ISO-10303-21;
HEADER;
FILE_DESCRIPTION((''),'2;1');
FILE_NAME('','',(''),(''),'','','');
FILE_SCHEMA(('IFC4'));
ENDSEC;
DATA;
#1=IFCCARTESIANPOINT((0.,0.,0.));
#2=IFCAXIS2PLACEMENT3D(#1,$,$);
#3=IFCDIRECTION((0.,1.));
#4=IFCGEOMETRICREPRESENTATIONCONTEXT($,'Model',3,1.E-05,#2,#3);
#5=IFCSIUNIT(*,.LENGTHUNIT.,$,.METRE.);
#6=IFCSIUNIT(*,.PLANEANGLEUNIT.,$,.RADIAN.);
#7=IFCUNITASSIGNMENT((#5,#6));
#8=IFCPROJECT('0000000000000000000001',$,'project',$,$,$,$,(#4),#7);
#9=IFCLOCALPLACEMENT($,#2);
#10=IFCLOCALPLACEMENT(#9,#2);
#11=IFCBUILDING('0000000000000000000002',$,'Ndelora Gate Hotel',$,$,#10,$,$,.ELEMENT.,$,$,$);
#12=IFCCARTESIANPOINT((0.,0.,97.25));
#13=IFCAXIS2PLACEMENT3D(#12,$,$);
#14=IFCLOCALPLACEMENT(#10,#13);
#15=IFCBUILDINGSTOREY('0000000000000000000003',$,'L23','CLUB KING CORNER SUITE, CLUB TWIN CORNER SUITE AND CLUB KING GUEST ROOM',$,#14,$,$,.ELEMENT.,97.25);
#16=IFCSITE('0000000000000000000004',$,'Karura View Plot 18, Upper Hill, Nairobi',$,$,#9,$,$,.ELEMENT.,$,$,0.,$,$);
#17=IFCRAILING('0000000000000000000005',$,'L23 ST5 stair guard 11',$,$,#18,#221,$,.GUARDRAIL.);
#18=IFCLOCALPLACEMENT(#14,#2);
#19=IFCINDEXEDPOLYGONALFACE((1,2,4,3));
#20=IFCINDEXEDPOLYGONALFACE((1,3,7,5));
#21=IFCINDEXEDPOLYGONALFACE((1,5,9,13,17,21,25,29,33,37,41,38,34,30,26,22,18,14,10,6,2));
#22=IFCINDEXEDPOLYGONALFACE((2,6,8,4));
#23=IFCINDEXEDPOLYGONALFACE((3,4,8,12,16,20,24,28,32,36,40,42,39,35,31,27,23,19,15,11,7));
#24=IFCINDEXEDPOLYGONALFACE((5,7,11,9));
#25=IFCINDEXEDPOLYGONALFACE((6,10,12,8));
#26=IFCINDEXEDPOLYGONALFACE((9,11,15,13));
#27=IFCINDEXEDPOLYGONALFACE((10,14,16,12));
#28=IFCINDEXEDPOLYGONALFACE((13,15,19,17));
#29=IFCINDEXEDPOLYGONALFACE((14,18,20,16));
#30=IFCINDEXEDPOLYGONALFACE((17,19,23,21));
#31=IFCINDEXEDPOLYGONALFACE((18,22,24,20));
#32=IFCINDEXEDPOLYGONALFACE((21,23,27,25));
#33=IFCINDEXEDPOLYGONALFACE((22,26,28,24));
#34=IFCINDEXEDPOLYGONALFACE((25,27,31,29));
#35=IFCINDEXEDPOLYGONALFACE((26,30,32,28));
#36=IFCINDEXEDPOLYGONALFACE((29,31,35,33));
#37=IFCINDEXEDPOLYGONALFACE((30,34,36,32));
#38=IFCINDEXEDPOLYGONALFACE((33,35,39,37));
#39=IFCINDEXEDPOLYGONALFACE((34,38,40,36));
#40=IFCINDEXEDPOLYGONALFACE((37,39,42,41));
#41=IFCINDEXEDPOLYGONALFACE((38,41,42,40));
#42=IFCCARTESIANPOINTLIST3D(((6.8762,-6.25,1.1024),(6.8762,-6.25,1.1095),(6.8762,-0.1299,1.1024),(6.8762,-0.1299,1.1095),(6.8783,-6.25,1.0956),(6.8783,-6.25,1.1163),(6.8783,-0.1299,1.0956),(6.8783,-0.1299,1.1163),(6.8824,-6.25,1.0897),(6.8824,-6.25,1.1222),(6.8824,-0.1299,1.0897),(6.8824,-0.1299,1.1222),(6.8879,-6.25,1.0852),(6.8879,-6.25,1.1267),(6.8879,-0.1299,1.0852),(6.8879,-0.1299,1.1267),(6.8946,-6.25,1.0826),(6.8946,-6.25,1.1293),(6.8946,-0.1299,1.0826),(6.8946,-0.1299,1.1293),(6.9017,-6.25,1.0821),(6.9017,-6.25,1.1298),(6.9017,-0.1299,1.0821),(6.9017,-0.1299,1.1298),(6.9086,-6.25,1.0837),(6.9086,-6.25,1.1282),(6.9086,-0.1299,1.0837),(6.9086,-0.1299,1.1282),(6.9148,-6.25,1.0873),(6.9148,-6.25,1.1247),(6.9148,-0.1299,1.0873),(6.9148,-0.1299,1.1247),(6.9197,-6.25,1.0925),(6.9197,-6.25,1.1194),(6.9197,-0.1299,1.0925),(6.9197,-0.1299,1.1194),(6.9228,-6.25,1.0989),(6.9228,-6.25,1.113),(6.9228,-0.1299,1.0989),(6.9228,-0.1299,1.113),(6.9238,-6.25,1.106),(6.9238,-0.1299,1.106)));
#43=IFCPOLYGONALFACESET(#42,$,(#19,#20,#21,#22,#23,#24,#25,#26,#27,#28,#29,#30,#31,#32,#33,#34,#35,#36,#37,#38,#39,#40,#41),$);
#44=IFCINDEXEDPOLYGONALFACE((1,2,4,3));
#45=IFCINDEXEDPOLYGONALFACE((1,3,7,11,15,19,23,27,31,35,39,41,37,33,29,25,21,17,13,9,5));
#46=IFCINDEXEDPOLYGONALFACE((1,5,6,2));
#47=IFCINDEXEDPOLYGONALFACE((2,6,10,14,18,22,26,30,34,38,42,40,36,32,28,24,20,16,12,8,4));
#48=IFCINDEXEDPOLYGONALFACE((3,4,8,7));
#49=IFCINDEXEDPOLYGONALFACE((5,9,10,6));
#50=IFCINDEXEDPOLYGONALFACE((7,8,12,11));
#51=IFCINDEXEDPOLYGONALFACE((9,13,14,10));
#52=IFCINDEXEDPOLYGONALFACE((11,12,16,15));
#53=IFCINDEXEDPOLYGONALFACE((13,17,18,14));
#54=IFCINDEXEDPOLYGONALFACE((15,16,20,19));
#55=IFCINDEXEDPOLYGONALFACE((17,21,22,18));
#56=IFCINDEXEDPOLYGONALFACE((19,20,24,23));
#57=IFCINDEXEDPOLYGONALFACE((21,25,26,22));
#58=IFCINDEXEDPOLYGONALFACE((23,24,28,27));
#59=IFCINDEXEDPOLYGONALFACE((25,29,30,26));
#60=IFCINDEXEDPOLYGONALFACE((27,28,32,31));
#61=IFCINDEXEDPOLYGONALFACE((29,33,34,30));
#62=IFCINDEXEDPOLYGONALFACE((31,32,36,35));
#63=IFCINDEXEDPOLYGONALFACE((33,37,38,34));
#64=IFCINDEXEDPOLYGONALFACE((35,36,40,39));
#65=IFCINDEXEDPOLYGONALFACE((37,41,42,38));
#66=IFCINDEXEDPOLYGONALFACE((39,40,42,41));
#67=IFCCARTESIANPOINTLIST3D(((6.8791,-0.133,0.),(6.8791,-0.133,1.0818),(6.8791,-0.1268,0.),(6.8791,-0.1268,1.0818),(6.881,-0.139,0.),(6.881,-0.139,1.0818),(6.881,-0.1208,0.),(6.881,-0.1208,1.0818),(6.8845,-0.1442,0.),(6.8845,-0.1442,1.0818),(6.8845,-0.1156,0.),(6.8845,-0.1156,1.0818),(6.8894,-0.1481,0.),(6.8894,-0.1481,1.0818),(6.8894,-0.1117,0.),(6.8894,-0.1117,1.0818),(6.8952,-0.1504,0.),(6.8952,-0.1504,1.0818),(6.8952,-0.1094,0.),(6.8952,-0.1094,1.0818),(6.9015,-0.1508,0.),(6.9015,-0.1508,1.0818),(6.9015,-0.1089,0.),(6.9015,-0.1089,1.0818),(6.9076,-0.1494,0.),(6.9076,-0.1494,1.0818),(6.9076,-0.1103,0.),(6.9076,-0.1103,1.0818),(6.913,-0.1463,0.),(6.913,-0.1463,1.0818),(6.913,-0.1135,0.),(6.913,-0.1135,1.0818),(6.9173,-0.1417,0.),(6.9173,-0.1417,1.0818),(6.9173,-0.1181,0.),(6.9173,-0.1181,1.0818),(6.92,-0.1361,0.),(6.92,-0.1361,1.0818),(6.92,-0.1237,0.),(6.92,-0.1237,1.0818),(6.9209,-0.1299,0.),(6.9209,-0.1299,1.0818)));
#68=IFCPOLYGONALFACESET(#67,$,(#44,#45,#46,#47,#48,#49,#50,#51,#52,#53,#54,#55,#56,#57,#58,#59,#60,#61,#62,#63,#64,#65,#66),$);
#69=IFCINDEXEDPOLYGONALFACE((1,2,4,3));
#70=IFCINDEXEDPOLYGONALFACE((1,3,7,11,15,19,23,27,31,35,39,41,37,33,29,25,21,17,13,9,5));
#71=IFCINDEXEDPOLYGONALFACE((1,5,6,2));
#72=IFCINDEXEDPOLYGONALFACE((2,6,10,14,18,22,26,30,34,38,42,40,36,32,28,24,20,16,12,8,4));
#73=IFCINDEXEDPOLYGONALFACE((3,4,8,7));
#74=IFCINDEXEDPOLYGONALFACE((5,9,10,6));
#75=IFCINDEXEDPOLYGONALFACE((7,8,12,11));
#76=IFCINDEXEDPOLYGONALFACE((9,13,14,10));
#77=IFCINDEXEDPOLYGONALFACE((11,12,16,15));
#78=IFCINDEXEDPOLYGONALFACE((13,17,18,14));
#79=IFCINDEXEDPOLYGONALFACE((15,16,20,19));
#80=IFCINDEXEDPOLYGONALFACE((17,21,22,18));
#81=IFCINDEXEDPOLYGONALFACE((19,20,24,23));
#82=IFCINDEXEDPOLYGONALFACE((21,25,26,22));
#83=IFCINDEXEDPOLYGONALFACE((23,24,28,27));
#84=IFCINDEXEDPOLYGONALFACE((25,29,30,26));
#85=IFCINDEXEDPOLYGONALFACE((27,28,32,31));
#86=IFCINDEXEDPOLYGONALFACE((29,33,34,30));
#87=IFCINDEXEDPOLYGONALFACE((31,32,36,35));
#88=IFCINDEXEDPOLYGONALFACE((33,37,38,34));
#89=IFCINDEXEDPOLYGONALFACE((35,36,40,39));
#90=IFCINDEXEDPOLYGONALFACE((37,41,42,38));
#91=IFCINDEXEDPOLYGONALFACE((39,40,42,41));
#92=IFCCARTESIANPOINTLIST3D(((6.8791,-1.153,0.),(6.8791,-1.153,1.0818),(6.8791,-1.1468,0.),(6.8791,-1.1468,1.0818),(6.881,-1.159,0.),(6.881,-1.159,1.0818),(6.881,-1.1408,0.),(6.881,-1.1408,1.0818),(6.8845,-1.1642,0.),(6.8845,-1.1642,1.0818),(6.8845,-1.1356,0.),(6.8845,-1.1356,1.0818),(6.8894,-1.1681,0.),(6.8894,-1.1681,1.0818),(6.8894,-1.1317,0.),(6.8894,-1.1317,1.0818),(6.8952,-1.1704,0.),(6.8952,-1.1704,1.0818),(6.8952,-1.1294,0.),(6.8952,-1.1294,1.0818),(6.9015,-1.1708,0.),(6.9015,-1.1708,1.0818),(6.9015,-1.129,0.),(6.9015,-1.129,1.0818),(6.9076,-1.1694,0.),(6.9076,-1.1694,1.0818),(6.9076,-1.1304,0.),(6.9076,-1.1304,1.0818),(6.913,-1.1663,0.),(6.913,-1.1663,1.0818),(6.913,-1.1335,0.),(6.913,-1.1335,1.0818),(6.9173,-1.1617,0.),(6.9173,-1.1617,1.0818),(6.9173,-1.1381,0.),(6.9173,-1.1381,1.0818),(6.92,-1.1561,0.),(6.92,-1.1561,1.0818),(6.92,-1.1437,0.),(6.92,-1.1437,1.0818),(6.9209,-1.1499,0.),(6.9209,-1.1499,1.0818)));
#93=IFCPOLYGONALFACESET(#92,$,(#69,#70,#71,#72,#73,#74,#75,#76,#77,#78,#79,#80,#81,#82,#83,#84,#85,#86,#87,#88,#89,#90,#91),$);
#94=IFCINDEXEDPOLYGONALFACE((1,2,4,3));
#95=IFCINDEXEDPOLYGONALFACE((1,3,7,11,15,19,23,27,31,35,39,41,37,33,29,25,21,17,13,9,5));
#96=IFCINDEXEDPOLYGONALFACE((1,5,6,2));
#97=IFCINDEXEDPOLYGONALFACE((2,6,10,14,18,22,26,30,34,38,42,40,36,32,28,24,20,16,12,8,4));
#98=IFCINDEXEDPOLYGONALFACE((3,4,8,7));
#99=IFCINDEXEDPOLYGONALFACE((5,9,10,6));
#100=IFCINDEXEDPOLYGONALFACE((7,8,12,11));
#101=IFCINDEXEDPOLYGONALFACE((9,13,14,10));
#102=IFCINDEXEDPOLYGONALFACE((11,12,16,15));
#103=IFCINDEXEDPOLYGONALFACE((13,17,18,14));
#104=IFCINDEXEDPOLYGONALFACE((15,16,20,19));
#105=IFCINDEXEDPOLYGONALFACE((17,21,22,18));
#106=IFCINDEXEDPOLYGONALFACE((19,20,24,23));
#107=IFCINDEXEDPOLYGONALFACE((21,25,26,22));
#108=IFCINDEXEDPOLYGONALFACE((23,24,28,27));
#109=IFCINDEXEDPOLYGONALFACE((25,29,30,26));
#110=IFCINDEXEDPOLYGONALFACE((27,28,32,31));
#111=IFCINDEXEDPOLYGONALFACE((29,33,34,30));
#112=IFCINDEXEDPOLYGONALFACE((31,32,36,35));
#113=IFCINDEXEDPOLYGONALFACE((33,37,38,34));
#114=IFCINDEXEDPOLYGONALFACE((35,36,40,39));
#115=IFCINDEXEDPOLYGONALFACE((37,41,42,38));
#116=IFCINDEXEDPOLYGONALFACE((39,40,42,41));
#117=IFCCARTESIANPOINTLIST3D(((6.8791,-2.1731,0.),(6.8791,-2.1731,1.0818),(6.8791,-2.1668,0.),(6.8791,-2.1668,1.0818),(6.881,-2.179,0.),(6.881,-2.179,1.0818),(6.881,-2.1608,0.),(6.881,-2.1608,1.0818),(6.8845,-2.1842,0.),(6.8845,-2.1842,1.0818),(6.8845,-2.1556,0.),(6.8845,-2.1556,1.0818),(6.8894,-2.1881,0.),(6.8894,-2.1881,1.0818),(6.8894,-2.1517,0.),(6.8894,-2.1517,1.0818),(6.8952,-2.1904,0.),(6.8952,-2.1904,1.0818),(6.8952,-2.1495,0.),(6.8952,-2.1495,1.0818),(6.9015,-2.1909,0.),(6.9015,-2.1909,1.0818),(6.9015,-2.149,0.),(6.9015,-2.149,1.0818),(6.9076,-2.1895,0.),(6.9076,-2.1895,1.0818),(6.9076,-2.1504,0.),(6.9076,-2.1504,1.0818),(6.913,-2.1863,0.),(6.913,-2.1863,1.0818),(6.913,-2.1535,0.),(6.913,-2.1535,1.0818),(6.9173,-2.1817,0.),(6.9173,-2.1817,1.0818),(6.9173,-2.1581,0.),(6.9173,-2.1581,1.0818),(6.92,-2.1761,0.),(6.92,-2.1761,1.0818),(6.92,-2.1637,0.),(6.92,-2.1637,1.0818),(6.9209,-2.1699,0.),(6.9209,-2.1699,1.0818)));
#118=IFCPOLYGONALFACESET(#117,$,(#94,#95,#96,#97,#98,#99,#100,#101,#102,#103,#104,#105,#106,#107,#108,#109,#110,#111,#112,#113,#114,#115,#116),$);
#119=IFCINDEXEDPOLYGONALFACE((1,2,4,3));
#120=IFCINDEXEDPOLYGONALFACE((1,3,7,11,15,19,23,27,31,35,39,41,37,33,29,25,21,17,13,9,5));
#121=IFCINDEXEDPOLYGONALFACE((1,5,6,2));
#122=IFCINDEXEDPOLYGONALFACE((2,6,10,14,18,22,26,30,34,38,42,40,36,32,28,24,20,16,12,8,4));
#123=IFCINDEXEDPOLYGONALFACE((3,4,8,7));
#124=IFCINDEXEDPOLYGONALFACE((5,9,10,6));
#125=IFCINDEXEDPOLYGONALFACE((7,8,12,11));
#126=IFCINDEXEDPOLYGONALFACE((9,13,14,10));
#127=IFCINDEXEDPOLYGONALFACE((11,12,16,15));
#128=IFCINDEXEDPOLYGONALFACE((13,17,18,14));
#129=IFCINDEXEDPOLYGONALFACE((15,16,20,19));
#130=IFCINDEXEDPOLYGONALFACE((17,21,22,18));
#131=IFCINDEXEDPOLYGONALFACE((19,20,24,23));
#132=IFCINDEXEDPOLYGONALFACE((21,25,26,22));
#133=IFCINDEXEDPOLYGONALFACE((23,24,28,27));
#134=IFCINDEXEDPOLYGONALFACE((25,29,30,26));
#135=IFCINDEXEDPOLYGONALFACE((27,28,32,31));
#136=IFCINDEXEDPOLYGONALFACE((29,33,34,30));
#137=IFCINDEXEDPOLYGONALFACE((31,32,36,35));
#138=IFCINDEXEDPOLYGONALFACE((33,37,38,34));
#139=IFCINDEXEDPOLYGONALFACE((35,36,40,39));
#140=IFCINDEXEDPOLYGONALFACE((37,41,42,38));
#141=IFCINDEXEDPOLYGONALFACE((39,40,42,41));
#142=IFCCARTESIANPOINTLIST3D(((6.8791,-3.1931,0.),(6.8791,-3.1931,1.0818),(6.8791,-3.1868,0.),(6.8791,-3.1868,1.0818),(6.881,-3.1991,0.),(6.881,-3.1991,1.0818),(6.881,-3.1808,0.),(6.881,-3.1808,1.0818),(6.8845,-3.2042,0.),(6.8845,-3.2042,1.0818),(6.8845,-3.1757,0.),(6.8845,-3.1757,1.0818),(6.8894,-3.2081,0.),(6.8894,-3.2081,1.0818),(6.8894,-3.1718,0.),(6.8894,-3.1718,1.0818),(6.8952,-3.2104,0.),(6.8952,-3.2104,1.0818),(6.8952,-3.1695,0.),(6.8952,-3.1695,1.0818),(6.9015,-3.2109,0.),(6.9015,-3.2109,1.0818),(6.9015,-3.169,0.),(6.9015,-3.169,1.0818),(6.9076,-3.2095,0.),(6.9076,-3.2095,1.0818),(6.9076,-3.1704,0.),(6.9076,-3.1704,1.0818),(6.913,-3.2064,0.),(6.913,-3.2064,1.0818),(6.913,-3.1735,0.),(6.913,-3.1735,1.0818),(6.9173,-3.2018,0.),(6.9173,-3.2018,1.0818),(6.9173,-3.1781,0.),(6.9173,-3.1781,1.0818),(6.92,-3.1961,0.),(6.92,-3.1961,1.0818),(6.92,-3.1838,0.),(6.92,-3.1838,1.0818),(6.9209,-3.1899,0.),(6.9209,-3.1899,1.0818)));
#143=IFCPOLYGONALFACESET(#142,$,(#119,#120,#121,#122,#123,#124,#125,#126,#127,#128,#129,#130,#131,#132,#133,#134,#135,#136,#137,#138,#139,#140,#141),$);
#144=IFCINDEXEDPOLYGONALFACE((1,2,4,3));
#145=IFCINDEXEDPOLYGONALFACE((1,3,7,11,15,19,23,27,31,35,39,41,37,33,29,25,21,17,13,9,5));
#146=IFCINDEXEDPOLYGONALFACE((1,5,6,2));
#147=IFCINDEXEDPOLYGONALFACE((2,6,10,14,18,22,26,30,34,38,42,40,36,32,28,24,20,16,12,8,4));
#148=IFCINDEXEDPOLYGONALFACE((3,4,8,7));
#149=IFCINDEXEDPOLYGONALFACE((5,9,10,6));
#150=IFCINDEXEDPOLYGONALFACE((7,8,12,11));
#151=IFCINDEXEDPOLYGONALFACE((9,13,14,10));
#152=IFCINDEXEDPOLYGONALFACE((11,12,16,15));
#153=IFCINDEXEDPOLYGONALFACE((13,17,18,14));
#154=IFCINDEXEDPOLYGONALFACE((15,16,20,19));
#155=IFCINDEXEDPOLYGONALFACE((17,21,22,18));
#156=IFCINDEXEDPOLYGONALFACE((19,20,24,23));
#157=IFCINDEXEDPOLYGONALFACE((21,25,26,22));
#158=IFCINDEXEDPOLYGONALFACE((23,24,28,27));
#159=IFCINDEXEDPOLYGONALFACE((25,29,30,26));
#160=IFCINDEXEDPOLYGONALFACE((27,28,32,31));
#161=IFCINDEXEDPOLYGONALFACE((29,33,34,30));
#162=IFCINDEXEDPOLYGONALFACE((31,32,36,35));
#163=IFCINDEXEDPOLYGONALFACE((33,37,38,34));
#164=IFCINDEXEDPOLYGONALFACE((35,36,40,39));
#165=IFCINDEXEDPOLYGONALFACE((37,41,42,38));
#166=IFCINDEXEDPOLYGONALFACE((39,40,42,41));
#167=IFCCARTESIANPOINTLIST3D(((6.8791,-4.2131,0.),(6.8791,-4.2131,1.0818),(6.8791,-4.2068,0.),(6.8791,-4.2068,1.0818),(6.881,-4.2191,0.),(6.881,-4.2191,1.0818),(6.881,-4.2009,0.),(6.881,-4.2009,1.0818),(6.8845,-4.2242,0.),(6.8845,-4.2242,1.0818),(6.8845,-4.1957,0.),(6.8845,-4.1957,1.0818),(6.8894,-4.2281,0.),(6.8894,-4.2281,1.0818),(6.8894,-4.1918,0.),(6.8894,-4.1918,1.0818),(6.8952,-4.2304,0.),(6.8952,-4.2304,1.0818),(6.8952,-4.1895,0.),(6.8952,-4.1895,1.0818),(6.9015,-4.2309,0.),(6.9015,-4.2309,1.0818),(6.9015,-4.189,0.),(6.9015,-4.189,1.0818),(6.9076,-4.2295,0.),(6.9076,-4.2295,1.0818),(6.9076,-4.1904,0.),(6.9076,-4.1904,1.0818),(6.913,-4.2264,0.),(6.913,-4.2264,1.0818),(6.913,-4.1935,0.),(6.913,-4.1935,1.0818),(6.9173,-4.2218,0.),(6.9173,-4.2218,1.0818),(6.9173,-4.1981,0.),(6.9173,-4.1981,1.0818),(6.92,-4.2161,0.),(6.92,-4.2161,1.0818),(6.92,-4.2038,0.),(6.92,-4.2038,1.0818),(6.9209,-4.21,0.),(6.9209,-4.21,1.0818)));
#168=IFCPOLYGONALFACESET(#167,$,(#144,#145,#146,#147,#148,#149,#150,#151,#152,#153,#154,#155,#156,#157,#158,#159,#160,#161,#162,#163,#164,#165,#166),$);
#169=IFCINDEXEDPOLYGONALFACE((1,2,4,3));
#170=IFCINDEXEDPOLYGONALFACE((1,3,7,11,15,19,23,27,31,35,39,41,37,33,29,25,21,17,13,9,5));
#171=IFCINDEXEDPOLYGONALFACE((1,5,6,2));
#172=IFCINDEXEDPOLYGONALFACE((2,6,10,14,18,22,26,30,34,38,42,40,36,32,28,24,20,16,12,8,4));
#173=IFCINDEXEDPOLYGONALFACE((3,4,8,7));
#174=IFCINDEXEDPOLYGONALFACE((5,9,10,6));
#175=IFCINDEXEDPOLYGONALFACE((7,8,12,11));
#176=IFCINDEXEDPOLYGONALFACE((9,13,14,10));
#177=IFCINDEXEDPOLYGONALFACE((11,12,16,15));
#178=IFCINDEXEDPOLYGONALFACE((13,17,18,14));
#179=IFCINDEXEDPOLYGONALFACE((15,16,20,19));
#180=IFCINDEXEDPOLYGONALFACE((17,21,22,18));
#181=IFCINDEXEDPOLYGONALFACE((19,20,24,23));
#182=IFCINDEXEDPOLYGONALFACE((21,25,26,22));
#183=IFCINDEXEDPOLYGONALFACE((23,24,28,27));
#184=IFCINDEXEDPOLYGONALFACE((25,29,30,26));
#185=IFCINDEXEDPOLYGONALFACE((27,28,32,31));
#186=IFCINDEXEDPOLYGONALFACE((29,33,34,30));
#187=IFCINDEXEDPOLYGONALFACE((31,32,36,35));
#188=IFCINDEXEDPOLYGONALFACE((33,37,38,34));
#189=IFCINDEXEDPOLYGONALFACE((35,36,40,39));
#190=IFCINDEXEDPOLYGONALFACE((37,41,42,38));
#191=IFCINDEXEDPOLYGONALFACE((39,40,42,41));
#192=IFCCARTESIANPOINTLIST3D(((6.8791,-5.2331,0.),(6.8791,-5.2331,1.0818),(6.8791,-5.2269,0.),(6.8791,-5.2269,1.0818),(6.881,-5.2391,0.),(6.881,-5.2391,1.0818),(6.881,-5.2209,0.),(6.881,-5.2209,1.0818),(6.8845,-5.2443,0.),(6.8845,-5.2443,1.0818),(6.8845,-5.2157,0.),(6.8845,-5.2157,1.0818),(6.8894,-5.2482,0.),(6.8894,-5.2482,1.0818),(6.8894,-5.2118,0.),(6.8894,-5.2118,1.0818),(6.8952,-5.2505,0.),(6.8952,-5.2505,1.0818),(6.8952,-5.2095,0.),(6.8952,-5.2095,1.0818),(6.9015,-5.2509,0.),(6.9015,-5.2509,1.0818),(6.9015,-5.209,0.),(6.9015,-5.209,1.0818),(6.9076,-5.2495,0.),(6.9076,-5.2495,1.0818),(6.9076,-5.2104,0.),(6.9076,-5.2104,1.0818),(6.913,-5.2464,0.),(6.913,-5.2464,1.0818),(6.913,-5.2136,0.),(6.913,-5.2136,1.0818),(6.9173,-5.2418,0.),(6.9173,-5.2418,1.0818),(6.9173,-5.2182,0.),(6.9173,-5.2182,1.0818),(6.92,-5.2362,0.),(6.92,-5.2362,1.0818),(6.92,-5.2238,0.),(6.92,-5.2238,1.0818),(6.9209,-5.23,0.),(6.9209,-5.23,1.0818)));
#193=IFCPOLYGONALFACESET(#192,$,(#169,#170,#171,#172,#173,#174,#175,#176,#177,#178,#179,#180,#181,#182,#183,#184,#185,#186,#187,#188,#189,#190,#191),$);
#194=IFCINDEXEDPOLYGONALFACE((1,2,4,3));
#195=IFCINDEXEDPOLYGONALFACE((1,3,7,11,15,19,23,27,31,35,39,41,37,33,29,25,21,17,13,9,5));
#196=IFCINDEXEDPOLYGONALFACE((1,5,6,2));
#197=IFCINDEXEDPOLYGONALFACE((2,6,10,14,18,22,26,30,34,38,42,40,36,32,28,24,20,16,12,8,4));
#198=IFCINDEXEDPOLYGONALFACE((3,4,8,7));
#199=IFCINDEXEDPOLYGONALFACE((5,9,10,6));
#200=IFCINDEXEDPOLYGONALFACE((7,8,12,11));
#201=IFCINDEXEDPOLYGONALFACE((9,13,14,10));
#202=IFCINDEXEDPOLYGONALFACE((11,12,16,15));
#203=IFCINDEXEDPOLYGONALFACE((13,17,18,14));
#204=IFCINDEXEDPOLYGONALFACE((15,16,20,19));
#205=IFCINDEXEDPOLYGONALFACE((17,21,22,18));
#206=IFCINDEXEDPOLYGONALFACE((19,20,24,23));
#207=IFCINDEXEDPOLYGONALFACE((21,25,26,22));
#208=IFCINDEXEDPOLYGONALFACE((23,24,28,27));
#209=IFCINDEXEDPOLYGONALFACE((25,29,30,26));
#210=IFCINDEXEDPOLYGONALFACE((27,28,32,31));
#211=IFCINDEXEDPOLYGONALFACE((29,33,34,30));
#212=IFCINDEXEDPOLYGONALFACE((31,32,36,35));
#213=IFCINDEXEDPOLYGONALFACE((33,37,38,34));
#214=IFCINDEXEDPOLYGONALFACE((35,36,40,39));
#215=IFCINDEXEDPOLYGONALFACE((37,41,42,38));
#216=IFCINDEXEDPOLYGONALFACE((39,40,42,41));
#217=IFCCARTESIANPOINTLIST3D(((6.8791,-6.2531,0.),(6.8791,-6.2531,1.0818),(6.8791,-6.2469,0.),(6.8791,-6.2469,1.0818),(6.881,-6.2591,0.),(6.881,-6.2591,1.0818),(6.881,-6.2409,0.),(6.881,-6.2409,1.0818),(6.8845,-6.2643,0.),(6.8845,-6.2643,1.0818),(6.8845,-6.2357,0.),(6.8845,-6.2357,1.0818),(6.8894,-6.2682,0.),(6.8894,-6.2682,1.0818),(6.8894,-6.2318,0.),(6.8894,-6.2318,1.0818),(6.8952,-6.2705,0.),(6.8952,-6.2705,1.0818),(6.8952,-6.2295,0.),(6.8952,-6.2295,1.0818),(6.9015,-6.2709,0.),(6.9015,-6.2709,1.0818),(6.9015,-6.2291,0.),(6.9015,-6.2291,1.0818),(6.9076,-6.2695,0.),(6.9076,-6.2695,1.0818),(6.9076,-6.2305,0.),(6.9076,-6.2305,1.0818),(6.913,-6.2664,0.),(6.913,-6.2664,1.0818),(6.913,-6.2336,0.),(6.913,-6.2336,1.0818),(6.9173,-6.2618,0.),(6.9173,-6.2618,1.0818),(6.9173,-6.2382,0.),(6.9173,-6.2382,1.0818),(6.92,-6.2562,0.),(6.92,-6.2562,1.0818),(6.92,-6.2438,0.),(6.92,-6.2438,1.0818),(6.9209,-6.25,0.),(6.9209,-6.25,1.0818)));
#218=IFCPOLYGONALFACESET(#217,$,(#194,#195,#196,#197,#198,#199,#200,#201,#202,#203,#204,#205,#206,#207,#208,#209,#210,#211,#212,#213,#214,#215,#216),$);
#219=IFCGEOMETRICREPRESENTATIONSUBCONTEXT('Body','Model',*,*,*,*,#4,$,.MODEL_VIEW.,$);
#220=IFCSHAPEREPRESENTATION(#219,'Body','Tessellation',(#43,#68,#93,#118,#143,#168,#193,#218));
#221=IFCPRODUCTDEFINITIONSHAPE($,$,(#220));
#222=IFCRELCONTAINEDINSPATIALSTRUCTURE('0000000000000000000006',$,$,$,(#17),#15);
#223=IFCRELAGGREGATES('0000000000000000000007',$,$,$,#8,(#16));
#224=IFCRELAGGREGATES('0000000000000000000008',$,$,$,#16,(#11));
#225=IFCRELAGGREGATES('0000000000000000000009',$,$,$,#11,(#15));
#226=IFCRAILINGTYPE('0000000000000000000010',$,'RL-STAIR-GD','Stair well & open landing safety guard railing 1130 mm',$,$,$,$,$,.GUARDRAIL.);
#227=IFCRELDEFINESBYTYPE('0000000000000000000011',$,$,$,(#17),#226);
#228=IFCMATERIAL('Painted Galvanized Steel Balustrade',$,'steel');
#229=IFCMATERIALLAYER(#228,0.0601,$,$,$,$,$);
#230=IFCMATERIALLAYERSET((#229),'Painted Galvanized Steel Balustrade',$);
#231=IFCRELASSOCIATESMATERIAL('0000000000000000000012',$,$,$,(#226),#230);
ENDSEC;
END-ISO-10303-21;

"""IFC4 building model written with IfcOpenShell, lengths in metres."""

from ifc_helpers import new_model, si_unit, direction, frame, origin, origin_2d, place, context, subcontext, project, spatial, circle, extrude, material, layer, layer_set, type_object, element, save


model = new_model("IFC4")

# Units and contexts
model_context = context("Model", 3, precision=1e-05, world=origin(), true_north=direction((0.0, 1.0)))
body_context = subcontext(model_context, "Body", "Model", "MODEL_VIEW")
ifc_project = project(units=[si_unit("LENGTHUNIT", "METRE"), si_unit("PLANEANGLEUNIT", "RADIAN")], contexts=[model_context])

# Site, building, storey
site_placement = place(None, origin())
site = spatial("IfcSite", under=ifc_project, at=site_placement, Name="Karura View Plot 18, Upper Hill, Nairobi", CompositionType="ELEMENT", RefElevation=0.0)
building_placement = place(site_placement, origin())
building = spatial("IfcBuilding", under=site, at=building_placement, Name="Ndelora Gate Hotel", CompositionType="ELEMENT")
storey_placement = place(building_placement, frame((0.0, 0.0, 97.25)))
storey = spatial("IfcBuildingStorey", under=building, at=storey_placement, Name="L23", Description="CLUB KING CORNER SUITE, CLUB TWIN CORNER SUITE AND CLUB KING GUEST ROOM", CompositionType="ELEMENT", Elevation=97.25)

# Railing
ifc_material_1 = material(Name="Painted Galvanized Steel Balustrade", Category="steel")
ifc_layer_1 = layer(ifc_material_1, 0.0601)
ifc_layer_set_1 = layer_set([ifc_layer_1], Name="Painted Galvanized Steel Balustrade")
railing_type = type_object("IfcRailingType", Name="RL-STAIR-GD", Description="Stair well & open landing safety guard railing 1130 mm", PredefinedType="GUARDRAIL", material=ifc_layer_set_1)
railing_1_placement = place(storey_placement, frame((6.8999, -0.1299, 0.0)))
element("IfcRailing", 1, at=railing_1_placement, inside=storey, type_object=railing_type, Name="L23 ST5 stair guard 11", PredefinedType="GUARDRAIL", context=body_context, shape_type="SweptSolid", body=[
    extrude(circle(Radius=0.0239, at=origin_2d()), frame((0.0, 0.0, 1.106), z_axis=(0.0, -1.0, 0.0), x_axis=(1.0, 0.0, 0.0)), (0.0, 0.0, 1.0), 6.1201),
    extrude(circle(Radius=0.021, at=origin_2d()), origin(), (0.0, 0.0, 1.0), 1.0818),
    extrude(circle(Radius=0.021, at=origin_2d()), frame((0.0, -1.02, 0.0)), (0.0, 0.0, 1.0), 1.0818),
    extrude(circle(Radius=0.021, at=origin_2d()), frame((0.0, -2.04, 0.0)), (0.0, 0.0, 1.0), 1.0818),
    extrude(circle(Radius=0.021, at=origin_2d()), frame((0.0, -3.0601, 0.0)), (0.0, 0.0, 1.0), 1.0818),
    extrude(circle(Radius=0.021, at=origin_2d()), frame((0.0, -4.0801, 0.0)), (0.0, 0.0, 1.0), 1.0818),
    extrude(circle(Radius=0.021, at=origin_2d()), frame((0.0, -5.1001, 0.0)), (0.0, 0.0, 1.0), 1.0818),
    extrude(circle(Radius=0.021, at=origin_2d()), frame((0.0, -6.1201, 0.0)), (0.0, 0.0, 1.0), 1.0818),
])

save(model, "model.ifc")
